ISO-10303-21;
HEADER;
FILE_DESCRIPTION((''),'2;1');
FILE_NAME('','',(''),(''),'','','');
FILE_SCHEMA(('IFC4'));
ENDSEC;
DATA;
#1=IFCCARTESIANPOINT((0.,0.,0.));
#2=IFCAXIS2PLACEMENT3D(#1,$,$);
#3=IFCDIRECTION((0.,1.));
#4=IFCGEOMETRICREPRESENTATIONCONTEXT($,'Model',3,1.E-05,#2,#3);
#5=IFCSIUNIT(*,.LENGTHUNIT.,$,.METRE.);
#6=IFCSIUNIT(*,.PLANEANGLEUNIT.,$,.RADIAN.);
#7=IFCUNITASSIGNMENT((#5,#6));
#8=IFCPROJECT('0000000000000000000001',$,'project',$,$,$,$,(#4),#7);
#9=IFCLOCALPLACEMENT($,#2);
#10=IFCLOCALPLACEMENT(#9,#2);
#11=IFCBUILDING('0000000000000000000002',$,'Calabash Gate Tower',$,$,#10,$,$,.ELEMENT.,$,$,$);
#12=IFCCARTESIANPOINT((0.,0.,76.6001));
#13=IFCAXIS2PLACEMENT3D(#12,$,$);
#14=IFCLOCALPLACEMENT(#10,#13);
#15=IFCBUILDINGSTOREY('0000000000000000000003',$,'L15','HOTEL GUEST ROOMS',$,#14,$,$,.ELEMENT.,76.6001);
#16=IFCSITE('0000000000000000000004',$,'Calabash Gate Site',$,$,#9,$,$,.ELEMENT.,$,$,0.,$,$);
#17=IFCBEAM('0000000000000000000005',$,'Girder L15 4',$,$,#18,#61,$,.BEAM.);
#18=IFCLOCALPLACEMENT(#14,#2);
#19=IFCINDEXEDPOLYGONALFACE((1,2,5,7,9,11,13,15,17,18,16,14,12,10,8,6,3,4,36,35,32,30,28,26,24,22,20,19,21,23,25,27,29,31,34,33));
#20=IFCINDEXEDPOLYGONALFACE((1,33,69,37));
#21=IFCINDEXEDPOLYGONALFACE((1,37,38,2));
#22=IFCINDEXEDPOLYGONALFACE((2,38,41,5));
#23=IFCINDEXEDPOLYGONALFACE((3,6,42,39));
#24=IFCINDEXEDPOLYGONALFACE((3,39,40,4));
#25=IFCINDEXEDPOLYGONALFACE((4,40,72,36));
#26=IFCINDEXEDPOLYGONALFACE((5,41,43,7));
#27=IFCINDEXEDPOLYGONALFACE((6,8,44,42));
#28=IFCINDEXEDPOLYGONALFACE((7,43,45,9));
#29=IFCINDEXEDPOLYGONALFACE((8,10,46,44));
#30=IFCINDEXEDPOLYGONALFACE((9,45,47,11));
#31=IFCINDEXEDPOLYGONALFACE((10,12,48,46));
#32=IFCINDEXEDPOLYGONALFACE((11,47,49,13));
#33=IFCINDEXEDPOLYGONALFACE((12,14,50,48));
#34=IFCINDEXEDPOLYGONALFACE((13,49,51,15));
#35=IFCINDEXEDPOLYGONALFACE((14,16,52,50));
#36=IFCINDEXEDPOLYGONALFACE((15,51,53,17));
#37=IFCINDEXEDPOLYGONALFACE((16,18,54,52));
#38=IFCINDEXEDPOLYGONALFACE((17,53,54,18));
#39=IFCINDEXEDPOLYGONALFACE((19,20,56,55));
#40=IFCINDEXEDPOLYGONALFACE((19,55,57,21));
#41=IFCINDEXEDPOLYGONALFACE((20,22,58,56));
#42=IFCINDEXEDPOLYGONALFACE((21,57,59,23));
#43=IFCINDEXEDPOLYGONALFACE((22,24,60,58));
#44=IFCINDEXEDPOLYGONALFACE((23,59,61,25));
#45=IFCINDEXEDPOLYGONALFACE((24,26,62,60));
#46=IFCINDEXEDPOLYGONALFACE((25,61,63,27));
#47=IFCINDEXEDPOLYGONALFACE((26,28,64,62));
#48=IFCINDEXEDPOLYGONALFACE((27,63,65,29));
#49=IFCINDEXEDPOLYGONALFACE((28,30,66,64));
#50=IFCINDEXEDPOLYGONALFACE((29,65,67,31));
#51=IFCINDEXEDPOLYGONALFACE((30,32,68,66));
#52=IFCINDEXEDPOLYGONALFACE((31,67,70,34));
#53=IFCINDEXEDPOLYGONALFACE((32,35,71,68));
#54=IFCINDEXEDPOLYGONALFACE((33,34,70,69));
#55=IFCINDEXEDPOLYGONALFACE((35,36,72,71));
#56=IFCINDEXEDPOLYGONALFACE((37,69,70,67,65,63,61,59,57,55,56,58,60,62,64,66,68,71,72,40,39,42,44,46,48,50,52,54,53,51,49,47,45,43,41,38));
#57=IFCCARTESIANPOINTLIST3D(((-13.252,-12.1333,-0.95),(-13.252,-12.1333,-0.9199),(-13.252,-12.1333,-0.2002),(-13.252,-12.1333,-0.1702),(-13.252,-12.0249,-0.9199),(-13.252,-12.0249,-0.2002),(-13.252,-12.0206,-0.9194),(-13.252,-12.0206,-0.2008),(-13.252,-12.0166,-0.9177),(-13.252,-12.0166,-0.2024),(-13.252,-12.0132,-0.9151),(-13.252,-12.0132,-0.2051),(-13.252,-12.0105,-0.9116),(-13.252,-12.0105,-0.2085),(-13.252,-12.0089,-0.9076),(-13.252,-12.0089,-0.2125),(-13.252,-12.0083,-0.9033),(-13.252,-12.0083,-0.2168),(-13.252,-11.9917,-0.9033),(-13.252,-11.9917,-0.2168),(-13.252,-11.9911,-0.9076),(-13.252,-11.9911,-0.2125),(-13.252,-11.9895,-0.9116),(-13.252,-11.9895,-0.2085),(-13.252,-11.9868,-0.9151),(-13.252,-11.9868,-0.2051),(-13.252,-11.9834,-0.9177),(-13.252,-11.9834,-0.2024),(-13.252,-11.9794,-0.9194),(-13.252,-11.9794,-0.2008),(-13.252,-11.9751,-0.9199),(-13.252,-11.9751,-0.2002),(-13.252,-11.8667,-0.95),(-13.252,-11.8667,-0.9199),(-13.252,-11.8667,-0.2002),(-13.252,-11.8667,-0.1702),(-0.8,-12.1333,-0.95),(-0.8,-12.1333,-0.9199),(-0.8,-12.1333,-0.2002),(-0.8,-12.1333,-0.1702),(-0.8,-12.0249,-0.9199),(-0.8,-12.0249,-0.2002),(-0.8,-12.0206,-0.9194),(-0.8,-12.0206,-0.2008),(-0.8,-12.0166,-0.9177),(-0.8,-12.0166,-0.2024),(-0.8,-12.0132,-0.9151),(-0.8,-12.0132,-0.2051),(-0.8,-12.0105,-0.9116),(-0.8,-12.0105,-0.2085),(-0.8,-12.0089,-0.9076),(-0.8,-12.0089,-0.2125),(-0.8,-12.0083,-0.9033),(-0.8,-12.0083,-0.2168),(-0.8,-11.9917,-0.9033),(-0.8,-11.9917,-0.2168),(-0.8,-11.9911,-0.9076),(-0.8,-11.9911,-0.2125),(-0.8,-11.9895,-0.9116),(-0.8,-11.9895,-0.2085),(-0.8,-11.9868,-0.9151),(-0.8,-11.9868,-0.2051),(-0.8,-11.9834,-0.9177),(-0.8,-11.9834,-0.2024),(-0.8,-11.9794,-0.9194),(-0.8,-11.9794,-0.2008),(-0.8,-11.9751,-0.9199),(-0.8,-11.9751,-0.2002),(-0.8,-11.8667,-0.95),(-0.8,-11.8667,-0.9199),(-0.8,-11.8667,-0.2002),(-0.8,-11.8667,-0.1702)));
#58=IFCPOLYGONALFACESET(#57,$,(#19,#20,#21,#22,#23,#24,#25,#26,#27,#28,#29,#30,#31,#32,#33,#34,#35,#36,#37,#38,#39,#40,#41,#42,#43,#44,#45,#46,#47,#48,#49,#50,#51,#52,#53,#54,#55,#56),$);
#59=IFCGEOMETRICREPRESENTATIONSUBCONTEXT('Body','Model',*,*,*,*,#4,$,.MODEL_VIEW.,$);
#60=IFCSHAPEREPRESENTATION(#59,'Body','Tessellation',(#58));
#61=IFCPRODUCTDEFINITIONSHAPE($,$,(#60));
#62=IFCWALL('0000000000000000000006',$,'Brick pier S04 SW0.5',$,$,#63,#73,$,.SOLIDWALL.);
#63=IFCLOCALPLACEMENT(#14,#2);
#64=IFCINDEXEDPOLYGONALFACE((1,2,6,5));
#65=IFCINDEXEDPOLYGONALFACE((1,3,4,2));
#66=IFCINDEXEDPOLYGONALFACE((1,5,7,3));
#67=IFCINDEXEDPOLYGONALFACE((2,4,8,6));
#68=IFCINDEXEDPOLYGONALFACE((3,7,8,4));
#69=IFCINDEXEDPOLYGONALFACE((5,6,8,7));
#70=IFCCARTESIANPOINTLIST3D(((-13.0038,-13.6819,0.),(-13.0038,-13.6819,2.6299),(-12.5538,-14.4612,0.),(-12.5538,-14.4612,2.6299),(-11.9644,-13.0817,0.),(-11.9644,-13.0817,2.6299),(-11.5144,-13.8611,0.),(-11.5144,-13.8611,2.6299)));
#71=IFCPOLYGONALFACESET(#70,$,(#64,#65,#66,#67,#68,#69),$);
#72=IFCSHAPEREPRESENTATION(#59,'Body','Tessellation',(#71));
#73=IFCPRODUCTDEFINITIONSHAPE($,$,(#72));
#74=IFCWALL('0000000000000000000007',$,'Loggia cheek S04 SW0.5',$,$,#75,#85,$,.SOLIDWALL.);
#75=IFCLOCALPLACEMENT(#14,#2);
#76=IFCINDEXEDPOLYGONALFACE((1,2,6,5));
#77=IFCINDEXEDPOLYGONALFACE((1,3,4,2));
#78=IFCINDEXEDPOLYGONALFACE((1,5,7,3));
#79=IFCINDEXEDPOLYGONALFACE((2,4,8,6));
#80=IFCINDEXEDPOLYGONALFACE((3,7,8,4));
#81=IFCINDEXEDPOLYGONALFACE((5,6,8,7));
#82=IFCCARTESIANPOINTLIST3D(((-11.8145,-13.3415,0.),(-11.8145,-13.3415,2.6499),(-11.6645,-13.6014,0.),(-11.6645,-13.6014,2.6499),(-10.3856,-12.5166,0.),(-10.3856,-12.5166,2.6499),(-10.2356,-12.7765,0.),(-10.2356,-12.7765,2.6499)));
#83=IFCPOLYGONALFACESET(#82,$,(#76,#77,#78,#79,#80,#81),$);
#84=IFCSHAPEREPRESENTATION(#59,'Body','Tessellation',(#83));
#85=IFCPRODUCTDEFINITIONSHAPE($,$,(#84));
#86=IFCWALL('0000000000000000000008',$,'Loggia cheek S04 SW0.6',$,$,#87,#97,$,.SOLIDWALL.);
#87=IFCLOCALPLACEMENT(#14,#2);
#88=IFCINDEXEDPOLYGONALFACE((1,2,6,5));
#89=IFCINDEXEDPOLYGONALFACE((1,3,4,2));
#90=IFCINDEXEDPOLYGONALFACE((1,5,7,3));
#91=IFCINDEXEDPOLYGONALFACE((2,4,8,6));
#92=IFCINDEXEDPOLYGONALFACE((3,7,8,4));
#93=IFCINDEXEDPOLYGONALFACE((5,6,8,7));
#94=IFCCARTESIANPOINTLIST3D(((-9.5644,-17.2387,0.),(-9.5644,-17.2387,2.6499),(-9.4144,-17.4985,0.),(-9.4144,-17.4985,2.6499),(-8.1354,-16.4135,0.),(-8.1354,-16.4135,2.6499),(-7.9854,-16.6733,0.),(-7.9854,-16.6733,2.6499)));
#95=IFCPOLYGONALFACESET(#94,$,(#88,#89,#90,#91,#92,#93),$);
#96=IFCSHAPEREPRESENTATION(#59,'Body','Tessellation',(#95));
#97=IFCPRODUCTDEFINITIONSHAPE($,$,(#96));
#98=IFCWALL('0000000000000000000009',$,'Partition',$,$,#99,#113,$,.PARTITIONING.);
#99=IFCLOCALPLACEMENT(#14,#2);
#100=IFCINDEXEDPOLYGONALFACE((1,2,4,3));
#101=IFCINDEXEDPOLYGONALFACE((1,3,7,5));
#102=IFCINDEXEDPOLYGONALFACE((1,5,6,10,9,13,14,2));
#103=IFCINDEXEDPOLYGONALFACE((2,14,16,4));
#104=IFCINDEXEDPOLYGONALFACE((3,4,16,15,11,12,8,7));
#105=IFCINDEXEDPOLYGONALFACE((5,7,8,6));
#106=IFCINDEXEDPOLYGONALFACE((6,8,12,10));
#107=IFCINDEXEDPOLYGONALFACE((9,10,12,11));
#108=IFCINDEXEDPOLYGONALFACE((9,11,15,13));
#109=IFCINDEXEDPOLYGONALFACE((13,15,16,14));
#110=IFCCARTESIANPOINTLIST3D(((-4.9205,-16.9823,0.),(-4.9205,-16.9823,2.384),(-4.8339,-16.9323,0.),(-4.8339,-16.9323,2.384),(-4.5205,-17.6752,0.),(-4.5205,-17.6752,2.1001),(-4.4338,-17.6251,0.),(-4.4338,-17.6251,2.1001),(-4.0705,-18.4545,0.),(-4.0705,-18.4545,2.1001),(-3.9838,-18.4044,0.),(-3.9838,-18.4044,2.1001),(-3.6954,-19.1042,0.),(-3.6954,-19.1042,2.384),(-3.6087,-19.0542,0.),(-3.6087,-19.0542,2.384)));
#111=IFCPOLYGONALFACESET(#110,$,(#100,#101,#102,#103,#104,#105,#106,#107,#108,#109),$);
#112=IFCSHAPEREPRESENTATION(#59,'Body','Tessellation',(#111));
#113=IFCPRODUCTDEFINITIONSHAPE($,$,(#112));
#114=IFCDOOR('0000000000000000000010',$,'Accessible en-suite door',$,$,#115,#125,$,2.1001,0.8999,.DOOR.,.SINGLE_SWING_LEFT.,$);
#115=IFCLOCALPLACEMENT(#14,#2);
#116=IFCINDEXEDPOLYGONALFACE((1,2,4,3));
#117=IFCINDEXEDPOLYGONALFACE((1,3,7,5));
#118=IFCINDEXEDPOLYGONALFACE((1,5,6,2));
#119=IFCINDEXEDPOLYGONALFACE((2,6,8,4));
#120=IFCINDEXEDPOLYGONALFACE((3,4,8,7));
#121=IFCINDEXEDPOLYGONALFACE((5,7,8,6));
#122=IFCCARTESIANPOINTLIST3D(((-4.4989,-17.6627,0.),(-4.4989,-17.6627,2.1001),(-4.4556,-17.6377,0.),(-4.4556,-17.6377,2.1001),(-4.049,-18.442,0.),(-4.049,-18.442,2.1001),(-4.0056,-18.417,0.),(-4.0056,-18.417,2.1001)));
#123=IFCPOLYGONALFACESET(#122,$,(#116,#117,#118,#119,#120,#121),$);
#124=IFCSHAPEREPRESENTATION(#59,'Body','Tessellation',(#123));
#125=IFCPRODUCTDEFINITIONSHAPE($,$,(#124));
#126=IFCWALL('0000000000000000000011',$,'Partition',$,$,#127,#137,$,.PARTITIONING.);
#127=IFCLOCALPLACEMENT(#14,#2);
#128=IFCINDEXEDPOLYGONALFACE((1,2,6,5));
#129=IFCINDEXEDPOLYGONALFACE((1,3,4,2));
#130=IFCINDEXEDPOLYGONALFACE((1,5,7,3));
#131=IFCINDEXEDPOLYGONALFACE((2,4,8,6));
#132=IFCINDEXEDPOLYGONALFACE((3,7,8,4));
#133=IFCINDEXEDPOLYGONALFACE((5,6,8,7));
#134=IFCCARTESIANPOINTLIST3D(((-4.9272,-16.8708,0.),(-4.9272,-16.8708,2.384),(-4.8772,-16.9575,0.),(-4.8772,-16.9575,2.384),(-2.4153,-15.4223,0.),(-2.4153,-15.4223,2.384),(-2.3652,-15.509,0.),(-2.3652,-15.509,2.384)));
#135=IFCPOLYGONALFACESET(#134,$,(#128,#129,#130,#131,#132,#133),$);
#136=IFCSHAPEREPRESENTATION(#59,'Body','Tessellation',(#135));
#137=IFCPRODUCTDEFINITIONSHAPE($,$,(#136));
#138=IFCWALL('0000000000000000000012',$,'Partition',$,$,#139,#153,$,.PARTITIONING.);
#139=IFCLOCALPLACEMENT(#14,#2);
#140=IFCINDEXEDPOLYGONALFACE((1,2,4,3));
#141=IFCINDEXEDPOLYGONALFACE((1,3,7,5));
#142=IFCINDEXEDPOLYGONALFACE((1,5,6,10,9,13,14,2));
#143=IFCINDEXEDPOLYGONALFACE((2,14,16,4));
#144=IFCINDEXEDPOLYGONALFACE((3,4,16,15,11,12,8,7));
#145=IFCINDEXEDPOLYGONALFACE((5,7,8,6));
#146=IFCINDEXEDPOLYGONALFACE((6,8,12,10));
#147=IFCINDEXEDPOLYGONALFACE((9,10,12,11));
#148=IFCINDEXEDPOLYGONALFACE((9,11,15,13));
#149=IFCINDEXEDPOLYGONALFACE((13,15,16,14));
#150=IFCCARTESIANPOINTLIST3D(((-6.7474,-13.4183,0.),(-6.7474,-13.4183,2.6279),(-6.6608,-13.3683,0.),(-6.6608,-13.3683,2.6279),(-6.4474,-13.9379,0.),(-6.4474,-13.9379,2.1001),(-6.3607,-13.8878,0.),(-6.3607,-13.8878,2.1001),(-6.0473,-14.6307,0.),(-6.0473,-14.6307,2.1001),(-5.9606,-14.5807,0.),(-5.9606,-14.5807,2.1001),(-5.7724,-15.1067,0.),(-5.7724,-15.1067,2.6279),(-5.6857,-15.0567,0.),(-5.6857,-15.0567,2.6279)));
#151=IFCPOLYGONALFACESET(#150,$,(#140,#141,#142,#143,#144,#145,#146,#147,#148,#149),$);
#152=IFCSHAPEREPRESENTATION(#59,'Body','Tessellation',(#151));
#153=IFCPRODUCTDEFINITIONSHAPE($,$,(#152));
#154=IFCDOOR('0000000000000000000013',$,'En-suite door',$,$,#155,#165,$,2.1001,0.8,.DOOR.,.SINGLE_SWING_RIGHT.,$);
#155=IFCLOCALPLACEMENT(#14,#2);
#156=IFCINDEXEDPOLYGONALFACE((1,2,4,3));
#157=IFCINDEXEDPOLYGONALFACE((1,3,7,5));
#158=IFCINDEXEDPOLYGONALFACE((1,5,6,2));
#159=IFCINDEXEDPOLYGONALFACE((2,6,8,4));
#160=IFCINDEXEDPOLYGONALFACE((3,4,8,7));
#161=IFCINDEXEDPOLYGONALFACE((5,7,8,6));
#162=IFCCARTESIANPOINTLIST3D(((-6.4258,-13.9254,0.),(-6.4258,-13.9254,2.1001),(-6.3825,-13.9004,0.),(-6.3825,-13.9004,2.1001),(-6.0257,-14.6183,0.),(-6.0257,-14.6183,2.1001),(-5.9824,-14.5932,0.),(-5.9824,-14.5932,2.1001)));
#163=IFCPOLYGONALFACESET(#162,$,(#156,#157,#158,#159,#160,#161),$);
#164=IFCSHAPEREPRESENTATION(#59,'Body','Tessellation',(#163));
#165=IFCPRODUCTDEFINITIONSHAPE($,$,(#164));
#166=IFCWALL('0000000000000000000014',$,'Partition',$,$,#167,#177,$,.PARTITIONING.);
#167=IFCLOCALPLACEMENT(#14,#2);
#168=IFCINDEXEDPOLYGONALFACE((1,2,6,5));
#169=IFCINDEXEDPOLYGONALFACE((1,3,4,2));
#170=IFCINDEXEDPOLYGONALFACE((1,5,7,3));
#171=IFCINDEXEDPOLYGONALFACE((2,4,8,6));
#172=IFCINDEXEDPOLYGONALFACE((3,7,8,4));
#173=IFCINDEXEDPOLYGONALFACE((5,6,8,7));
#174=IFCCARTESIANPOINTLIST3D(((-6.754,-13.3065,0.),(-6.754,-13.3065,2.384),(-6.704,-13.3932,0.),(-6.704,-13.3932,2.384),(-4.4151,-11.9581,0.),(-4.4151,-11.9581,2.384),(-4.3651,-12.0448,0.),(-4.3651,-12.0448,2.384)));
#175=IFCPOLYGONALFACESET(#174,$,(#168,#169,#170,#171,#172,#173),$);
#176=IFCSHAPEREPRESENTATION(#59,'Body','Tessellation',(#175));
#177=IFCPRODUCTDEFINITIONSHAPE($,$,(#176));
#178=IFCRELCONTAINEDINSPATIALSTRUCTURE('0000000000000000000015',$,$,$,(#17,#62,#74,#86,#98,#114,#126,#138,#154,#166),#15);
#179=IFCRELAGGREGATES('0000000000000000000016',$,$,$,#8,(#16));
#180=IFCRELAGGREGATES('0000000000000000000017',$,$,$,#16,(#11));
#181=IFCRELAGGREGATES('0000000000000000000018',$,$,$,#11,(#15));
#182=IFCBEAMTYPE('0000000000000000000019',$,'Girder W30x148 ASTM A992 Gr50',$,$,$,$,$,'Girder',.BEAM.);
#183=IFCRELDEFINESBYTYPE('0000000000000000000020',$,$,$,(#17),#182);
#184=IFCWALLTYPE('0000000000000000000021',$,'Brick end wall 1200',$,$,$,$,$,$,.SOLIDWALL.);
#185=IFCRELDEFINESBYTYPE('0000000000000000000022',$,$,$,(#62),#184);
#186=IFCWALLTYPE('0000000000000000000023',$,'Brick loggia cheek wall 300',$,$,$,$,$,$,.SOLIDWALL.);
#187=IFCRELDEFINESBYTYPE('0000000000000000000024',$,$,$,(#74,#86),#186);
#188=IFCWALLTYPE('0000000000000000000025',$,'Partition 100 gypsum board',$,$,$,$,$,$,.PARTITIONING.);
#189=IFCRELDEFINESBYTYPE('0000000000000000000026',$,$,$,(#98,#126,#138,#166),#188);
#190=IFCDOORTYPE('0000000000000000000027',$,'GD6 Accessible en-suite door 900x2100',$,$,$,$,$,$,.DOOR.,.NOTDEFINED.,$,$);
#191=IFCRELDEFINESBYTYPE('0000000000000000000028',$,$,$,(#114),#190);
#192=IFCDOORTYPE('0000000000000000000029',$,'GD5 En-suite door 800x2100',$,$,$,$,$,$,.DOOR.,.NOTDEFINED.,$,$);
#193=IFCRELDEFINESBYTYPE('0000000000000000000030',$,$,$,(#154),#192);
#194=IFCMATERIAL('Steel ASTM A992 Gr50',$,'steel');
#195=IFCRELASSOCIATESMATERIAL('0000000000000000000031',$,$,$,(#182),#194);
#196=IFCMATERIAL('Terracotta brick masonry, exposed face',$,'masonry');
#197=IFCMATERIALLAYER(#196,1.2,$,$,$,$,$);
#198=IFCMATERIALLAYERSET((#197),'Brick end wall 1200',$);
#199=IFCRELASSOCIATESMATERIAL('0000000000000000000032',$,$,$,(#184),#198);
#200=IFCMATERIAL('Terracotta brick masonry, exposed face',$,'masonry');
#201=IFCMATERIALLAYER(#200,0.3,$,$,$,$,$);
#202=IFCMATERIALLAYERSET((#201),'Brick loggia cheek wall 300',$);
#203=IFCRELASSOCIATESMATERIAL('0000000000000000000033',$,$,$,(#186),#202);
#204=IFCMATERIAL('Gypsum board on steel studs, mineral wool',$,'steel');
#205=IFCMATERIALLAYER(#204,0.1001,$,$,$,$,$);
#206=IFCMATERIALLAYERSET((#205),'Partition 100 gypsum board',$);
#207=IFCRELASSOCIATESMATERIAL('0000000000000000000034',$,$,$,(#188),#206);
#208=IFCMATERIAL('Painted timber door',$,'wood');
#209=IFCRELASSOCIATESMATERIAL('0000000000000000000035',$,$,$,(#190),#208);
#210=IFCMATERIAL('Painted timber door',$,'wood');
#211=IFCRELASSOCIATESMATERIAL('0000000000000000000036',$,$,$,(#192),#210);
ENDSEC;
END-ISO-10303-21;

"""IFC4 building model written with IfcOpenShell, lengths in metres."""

from ifc_helpers import new_model, si_unit, direction, frame, frame_2d, origin, origin_2d, place, context, subcontext, project, spatial, rectangle, i_section, extrude, material, layer, layer_set, material_profile, profile_set, type_object, element, fill, save


model = new_model("IFC4")

# Units and contexts
model_context = context("Model", 3, precision=1e-05, world=origin(), true_north=direction((0.0, 1.0)))
body_context = subcontext(model_context, "Body", "Model", "MODEL_VIEW")
ifc_project = project(units=[si_unit("LENGTHUNIT", "METRE"), si_unit("PLANEANGLEUNIT", "RADIAN")], contexts=[model_context])

# Site, building, storey
site_placement = place(None, origin())
site = spatial("IfcSite", under=ifc_project, at=site_placement, Name="Calabash Gate Site", CompositionType="ELEMENT", RefElevation=0.0)
building_placement = place(site_placement, origin())
building = spatial("IfcBuilding", under=site, at=building_placement, Name="Calabash Gate Tower", CompositionType="ELEMENT")
storey_placement = place(building_placement, frame((0.0, 0.0, 76.6001)))
storey = spatial("IfcBuildingStorey", under=building, at=storey_placement, Name="L15", Description="HOTEL GUEST ROOMS", CompositionType="ELEMENT", Elevation=76.6001)

# Beam
ifc_material_1 = material(Name="Steel ASTM A992 Gr50", Category="steel")
ifc_material_profile_1 = material_profile(ifc_material_1, i_section(OverallWidth=0.2666, OverallDepth=0.7798, WebThickness=0.0166, FlangeThickness=0.03, FilletRadius=0.0166, at=origin_2d()))
ifc_profile_set_1 = profile_set([ifc_material_profile_1], Name="Steel ASTM A992 Gr50")
beam_type_1 = type_object("IfcBeamType", Name="Girder W30x148 ASTM A992 Gr50", ElementType="Girder", PredefinedType="BEAM", material=ifc_profile_set_1)
beam_1_placement = place(storey_placement, frame((-13.252, -12.0, -0.5601), z_axis=(1.0, 0.0, 0.0), x_axis=(0.0, 1.0, 0.0)))
element("IfcBeam", 1, at=beam_1_placement, inside=storey, type_object=beam_type_1, Name="Girder L15 4", PredefinedType="BEAM", context=body_context, shape_type="SweptSolid", body=[
    extrude(i_section(OverallWidth=0.2666, OverallDepth=0.7798, WebThickness=0.0166, FlangeThickness=0.03, FilletRadius=0.0166, at=origin_2d()), origin(), (0.0, 0.0, 1.0), 12.4519),
])

# Walls
ifc_material_2 = material(Name="Terracotta brick masonry, exposed face", Category="masonry")
ifc_layer_1 = layer(ifc_material_2, 1.2)
ifc_layer_set_1 = layer_set([ifc_layer_1], Name="Brick end wall 1200")
wall_type_1 = type_object("IfcWallType", Name="Brick end wall 1200", PredefinedType="SOLIDWALL", material=ifc_layer_set_1)
wall_1_placement = place(storey_placement, frame((-12.7788, -14.0715, 0.0), z_axis=(0.0, 0.0, 1.0), x_axis=(0.866006, 0.500034, 0.0)))
element("IfcWall", 2, at=wall_1_placement, inside=storey, type_object=wall_type_1, Name="Brick pier S04 SW0.5", PredefinedType="SOLIDWALL", context=body_context, shape_type="SweptSolid", body=[
    extrude(rectangle(XDim=1.2002, YDim=0.8999, at=frame_2d((0.6001, 0.0))), origin(), (0.0, 0.0, 1.0), 2.6299),
])
ifc_material_3 = material(Name="Terracotta brick masonry, exposed face", Category="masonry")
ifc_layer_2 = layer(ifc_material_3, 0.3)
ifc_layer_set_2 = layer_set([ifc_layer_2], Name="Brick loggia cheek wall 300")
wall_type_2 = type_object("IfcWallType", Name="Brick loggia cheek wall 300", PredefinedType="SOLIDWALL", material=ifc_layer_set_2)
wall_2_placement = place(storey_placement, frame((-11.7395, -13.4714, 0.0), z_axis=(0.0, 0.0, 1.0), x_axis=(0.86604, 0.499974, 0.0)))
element("IfcWall", 3, at=wall_2_placement, inside=storey, type_object=wall_type_2, Name="Loggia cheek S04 SW0.5", PredefinedType="SOLIDWALL", context=body_context, shape_type="SweptSolid", body=[
    extrude(rectangle(XDim=1.6499, YDim=0.3, at=frame_2d((0.825, 0.0))), origin(), (0.0, 0.0, 1.0), 2.6499),
])
wall_3_placement = place(storey_placement, frame((-9.4895, -17.3687, 0.0), z_axis=(0.0, 0.0, 1.0), x_axis=(0.865976, 0.500085, 0.0)))
element("IfcWall", 4, at=wall_3_placement, inside=storey, type_object=wall_type_2, Name="Loggia cheek S04 SW0.6", PredefinedType="SOLIDWALL", context=body_context, shape_type="SweptSolid", body=[
    extrude(rectangle(XDim=1.6501, YDim=0.3, at=frame_2d((0.8252, 0.0))), origin(), (0.0, 0.0, 1.0), 2.6499),
])

# Wall, opening, door
ifc_material_4 = material(Name="Gypsum board on steel studs, mineral wool", Category="steel")
ifc_layer_3 = layer(ifc_material_4, 0.1001)
ifc_layer_set_3 = layer_set([ifc_layer_3], Name="Partition 100 gypsum board")
wall_type_3 = type_object("IfcWallType", Name="Partition 100 gypsum board", PredefinedType="PARTITIONING", material=ifc_layer_set_3)
wall_4_placement = place(storey_placement, frame((-4.8772, -16.9573, 0.0), z_axis=(0.0, 0.0, 1.0), x_axis=(0.500019, -0.866015, 0.0)))
wall_4 = element("IfcWall", 5, at=wall_4_placement, inside=storey, type_object=wall_type_3, Name="Partition", PredefinedType="PARTITIONING", context=body_context, shape_type="SweptSolid", body=[
    extrude(rectangle(XDim=2.4502, YDim=0.1001, at=frame_2d((1.2251, 0.0))), origin(), (0.0, 0.0, 1.0), 2.384),
])
opening_1_placement = place(wall_4_placement, frame((0.8, 0.0, 0.0)))
opening_1 = element("IfcOpeningElement", 6, at=opening_1_placement, cuts=wall_4, PredefinedType="OPENING", context=body_context, shape_type="SweptSolid", body=[
    extrude(rectangle(XDim=0.8999, YDim=2.1001, at=frame_2d((0.45, 1.05))), frame((0.0, 0.0601, 0.0), z_axis=(0.0, -1.0, 0.0), x_axis=(1.0, 0.0, 0.0)), (0.0, 0.0, 1.0), 0.1201),
])
ifc_material_5 = material(Name="Painted timber door", Category="wood")
door_type_1 = type_object("IfcDoorType", Name="GD6 Accessible en-suite door 900x2100", OperationType="NOTDEFINED", PredefinedType="DOOR", material=ifc_material_5)
door_1_placement = place(opening_1_placement, origin())
door_1 = element("IfcDoor", 7, at=door_1_placement, inside=storey, type_object=door_type_1, Name="Accessible en-suite door", OperationType="SINGLE_SWING_LEFT", OverallHeight=2.1001, OverallWidth=0.8999, PredefinedType="DOOR", context=body_context, shape_type="SweptSolid", body=[
    extrude(rectangle(XDim=0.8999, YDim=2.1001, at=frame_2d((0.45, 1.05))), frame((0.0, 0.0249, 0.0), z_axis=(0.0, -1.0, 0.0), x_axis=(1.0, 0.0, 0.0)), (0.0, 0.0, 1.0), 0.05),
])
fill(opening_1, door_1)

# Wall
wall_5_placement = place(storey_placement, frame((-4.9021, -16.9141, 0.0), z_axis=(0.0, 0.0, 1.0), x_axis=(0.866293, 0.499535, 0.0)))
element("IfcWall", 8, at=wall_5_placement, inside=storey, type_object=wall_type_3, Name="Partition", PredefinedType="PARTITIONING", context=body_context, shape_type="SweptSolid", body=[
    extrude(rectangle(XDim=2.8997, YDim=0.1001, at=frame_2d((1.4497, 0.0))), origin(), (0.0, 0.0, 1.0), 2.384),
])

# Wall, opening, door
wall_6_placement = place(storey_placement, frame((-6.7041, -13.3933, 0.0), z_axis=(0.0, 0.0, 1.0), x_axis=(0.500098, -0.865969, 0.0)))
wall_6 = element("IfcWall", 9, at=wall_6_placement, inside=storey, type_object=wall_type_3, Name="Partition", PredefinedType="PARTITIONING", context=body_context, shape_type="SweptSolid", body=[
    extrude(rectangle(XDim=1.9497, YDim=0.1001, at=frame_2d((0.9749, 0.0))), origin(), (0.0, 0.0, 1.0), 2.6279),
])
opening_2_placement = place(wall_6_placement, frame((0.6001, 0.0, 0.0)))
opening_2 = element("IfcOpeningElement", 10, at=opening_2_placement, cuts=wall_6, PredefinedType="OPENING", context=body_context, shape_type="SweptSolid", body=[
    extrude(rectangle(XDim=0.8, YDim=2.1001, at=frame_2d((0.3999, 1.05))), frame((0.0, 0.0601, 0.0), z_axis=(0.0, -1.0, 0.0), x_axis=(1.0, 0.0, 0.0)), (0.0, 0.0, 1.0), 0.1201),
])
ifc_material_6 = material(Name="Painted timber door", Category="wood")
door_type_2 = type_object("IfcDoorType", Name="GD5 En-suite door 800x2100", OperationType="NOTDEFINED", PredefinedType="DOOR", material=ifc_material_6)
door_2_placement = place(opening_2_placement, origin())
door_2 = element("IfcDoor", 11, at=door_2_placement, inside=storey, type_object=door_type_2, Name="En-suite door", OperationType="SINGLE_SWING_RIGHT", OverallHeight=2.1001, OverallWidth=0.8, PredefinedType="DOOR", context=body_context, shape_type="SweptSolid", body=[
    extrude(rectangle(XDim=0.8, YDim=2.1001, at=frame_2d((0.3999, 1.05))), frame((0.0, 0.0249, 0.0), z_axis=(0.0, -1.0, 0.0), x_axis=(1.0, 0.0, 0.0)), (0.0, 0.0, 1.0), 0.05),
])
fill(opening_2, door_2)

# Wall
wall_7_placement = place(storey_placement, frame((-6.729, -13.3499, 0.0), z_axis=(0.0, 0.0, 1.0), x_axis=(0.866339, 0.499456, 0.0)))
element("IfcWall", 12, at=wall_7_placement, inside=storey, type_object=wall_type_3, Name="Partition", PredefinedType="PARTITIONING", context=body_context, shape_type="SweptSolid", body=[
    extrude(rectangle(XDim=2.6997, YDim=0.1001, at=frame_2d((1.3499, 0.0))), origin(), (0.0, 0.0, 1.0), 2.384),
])

save(model, "model.ifc")
